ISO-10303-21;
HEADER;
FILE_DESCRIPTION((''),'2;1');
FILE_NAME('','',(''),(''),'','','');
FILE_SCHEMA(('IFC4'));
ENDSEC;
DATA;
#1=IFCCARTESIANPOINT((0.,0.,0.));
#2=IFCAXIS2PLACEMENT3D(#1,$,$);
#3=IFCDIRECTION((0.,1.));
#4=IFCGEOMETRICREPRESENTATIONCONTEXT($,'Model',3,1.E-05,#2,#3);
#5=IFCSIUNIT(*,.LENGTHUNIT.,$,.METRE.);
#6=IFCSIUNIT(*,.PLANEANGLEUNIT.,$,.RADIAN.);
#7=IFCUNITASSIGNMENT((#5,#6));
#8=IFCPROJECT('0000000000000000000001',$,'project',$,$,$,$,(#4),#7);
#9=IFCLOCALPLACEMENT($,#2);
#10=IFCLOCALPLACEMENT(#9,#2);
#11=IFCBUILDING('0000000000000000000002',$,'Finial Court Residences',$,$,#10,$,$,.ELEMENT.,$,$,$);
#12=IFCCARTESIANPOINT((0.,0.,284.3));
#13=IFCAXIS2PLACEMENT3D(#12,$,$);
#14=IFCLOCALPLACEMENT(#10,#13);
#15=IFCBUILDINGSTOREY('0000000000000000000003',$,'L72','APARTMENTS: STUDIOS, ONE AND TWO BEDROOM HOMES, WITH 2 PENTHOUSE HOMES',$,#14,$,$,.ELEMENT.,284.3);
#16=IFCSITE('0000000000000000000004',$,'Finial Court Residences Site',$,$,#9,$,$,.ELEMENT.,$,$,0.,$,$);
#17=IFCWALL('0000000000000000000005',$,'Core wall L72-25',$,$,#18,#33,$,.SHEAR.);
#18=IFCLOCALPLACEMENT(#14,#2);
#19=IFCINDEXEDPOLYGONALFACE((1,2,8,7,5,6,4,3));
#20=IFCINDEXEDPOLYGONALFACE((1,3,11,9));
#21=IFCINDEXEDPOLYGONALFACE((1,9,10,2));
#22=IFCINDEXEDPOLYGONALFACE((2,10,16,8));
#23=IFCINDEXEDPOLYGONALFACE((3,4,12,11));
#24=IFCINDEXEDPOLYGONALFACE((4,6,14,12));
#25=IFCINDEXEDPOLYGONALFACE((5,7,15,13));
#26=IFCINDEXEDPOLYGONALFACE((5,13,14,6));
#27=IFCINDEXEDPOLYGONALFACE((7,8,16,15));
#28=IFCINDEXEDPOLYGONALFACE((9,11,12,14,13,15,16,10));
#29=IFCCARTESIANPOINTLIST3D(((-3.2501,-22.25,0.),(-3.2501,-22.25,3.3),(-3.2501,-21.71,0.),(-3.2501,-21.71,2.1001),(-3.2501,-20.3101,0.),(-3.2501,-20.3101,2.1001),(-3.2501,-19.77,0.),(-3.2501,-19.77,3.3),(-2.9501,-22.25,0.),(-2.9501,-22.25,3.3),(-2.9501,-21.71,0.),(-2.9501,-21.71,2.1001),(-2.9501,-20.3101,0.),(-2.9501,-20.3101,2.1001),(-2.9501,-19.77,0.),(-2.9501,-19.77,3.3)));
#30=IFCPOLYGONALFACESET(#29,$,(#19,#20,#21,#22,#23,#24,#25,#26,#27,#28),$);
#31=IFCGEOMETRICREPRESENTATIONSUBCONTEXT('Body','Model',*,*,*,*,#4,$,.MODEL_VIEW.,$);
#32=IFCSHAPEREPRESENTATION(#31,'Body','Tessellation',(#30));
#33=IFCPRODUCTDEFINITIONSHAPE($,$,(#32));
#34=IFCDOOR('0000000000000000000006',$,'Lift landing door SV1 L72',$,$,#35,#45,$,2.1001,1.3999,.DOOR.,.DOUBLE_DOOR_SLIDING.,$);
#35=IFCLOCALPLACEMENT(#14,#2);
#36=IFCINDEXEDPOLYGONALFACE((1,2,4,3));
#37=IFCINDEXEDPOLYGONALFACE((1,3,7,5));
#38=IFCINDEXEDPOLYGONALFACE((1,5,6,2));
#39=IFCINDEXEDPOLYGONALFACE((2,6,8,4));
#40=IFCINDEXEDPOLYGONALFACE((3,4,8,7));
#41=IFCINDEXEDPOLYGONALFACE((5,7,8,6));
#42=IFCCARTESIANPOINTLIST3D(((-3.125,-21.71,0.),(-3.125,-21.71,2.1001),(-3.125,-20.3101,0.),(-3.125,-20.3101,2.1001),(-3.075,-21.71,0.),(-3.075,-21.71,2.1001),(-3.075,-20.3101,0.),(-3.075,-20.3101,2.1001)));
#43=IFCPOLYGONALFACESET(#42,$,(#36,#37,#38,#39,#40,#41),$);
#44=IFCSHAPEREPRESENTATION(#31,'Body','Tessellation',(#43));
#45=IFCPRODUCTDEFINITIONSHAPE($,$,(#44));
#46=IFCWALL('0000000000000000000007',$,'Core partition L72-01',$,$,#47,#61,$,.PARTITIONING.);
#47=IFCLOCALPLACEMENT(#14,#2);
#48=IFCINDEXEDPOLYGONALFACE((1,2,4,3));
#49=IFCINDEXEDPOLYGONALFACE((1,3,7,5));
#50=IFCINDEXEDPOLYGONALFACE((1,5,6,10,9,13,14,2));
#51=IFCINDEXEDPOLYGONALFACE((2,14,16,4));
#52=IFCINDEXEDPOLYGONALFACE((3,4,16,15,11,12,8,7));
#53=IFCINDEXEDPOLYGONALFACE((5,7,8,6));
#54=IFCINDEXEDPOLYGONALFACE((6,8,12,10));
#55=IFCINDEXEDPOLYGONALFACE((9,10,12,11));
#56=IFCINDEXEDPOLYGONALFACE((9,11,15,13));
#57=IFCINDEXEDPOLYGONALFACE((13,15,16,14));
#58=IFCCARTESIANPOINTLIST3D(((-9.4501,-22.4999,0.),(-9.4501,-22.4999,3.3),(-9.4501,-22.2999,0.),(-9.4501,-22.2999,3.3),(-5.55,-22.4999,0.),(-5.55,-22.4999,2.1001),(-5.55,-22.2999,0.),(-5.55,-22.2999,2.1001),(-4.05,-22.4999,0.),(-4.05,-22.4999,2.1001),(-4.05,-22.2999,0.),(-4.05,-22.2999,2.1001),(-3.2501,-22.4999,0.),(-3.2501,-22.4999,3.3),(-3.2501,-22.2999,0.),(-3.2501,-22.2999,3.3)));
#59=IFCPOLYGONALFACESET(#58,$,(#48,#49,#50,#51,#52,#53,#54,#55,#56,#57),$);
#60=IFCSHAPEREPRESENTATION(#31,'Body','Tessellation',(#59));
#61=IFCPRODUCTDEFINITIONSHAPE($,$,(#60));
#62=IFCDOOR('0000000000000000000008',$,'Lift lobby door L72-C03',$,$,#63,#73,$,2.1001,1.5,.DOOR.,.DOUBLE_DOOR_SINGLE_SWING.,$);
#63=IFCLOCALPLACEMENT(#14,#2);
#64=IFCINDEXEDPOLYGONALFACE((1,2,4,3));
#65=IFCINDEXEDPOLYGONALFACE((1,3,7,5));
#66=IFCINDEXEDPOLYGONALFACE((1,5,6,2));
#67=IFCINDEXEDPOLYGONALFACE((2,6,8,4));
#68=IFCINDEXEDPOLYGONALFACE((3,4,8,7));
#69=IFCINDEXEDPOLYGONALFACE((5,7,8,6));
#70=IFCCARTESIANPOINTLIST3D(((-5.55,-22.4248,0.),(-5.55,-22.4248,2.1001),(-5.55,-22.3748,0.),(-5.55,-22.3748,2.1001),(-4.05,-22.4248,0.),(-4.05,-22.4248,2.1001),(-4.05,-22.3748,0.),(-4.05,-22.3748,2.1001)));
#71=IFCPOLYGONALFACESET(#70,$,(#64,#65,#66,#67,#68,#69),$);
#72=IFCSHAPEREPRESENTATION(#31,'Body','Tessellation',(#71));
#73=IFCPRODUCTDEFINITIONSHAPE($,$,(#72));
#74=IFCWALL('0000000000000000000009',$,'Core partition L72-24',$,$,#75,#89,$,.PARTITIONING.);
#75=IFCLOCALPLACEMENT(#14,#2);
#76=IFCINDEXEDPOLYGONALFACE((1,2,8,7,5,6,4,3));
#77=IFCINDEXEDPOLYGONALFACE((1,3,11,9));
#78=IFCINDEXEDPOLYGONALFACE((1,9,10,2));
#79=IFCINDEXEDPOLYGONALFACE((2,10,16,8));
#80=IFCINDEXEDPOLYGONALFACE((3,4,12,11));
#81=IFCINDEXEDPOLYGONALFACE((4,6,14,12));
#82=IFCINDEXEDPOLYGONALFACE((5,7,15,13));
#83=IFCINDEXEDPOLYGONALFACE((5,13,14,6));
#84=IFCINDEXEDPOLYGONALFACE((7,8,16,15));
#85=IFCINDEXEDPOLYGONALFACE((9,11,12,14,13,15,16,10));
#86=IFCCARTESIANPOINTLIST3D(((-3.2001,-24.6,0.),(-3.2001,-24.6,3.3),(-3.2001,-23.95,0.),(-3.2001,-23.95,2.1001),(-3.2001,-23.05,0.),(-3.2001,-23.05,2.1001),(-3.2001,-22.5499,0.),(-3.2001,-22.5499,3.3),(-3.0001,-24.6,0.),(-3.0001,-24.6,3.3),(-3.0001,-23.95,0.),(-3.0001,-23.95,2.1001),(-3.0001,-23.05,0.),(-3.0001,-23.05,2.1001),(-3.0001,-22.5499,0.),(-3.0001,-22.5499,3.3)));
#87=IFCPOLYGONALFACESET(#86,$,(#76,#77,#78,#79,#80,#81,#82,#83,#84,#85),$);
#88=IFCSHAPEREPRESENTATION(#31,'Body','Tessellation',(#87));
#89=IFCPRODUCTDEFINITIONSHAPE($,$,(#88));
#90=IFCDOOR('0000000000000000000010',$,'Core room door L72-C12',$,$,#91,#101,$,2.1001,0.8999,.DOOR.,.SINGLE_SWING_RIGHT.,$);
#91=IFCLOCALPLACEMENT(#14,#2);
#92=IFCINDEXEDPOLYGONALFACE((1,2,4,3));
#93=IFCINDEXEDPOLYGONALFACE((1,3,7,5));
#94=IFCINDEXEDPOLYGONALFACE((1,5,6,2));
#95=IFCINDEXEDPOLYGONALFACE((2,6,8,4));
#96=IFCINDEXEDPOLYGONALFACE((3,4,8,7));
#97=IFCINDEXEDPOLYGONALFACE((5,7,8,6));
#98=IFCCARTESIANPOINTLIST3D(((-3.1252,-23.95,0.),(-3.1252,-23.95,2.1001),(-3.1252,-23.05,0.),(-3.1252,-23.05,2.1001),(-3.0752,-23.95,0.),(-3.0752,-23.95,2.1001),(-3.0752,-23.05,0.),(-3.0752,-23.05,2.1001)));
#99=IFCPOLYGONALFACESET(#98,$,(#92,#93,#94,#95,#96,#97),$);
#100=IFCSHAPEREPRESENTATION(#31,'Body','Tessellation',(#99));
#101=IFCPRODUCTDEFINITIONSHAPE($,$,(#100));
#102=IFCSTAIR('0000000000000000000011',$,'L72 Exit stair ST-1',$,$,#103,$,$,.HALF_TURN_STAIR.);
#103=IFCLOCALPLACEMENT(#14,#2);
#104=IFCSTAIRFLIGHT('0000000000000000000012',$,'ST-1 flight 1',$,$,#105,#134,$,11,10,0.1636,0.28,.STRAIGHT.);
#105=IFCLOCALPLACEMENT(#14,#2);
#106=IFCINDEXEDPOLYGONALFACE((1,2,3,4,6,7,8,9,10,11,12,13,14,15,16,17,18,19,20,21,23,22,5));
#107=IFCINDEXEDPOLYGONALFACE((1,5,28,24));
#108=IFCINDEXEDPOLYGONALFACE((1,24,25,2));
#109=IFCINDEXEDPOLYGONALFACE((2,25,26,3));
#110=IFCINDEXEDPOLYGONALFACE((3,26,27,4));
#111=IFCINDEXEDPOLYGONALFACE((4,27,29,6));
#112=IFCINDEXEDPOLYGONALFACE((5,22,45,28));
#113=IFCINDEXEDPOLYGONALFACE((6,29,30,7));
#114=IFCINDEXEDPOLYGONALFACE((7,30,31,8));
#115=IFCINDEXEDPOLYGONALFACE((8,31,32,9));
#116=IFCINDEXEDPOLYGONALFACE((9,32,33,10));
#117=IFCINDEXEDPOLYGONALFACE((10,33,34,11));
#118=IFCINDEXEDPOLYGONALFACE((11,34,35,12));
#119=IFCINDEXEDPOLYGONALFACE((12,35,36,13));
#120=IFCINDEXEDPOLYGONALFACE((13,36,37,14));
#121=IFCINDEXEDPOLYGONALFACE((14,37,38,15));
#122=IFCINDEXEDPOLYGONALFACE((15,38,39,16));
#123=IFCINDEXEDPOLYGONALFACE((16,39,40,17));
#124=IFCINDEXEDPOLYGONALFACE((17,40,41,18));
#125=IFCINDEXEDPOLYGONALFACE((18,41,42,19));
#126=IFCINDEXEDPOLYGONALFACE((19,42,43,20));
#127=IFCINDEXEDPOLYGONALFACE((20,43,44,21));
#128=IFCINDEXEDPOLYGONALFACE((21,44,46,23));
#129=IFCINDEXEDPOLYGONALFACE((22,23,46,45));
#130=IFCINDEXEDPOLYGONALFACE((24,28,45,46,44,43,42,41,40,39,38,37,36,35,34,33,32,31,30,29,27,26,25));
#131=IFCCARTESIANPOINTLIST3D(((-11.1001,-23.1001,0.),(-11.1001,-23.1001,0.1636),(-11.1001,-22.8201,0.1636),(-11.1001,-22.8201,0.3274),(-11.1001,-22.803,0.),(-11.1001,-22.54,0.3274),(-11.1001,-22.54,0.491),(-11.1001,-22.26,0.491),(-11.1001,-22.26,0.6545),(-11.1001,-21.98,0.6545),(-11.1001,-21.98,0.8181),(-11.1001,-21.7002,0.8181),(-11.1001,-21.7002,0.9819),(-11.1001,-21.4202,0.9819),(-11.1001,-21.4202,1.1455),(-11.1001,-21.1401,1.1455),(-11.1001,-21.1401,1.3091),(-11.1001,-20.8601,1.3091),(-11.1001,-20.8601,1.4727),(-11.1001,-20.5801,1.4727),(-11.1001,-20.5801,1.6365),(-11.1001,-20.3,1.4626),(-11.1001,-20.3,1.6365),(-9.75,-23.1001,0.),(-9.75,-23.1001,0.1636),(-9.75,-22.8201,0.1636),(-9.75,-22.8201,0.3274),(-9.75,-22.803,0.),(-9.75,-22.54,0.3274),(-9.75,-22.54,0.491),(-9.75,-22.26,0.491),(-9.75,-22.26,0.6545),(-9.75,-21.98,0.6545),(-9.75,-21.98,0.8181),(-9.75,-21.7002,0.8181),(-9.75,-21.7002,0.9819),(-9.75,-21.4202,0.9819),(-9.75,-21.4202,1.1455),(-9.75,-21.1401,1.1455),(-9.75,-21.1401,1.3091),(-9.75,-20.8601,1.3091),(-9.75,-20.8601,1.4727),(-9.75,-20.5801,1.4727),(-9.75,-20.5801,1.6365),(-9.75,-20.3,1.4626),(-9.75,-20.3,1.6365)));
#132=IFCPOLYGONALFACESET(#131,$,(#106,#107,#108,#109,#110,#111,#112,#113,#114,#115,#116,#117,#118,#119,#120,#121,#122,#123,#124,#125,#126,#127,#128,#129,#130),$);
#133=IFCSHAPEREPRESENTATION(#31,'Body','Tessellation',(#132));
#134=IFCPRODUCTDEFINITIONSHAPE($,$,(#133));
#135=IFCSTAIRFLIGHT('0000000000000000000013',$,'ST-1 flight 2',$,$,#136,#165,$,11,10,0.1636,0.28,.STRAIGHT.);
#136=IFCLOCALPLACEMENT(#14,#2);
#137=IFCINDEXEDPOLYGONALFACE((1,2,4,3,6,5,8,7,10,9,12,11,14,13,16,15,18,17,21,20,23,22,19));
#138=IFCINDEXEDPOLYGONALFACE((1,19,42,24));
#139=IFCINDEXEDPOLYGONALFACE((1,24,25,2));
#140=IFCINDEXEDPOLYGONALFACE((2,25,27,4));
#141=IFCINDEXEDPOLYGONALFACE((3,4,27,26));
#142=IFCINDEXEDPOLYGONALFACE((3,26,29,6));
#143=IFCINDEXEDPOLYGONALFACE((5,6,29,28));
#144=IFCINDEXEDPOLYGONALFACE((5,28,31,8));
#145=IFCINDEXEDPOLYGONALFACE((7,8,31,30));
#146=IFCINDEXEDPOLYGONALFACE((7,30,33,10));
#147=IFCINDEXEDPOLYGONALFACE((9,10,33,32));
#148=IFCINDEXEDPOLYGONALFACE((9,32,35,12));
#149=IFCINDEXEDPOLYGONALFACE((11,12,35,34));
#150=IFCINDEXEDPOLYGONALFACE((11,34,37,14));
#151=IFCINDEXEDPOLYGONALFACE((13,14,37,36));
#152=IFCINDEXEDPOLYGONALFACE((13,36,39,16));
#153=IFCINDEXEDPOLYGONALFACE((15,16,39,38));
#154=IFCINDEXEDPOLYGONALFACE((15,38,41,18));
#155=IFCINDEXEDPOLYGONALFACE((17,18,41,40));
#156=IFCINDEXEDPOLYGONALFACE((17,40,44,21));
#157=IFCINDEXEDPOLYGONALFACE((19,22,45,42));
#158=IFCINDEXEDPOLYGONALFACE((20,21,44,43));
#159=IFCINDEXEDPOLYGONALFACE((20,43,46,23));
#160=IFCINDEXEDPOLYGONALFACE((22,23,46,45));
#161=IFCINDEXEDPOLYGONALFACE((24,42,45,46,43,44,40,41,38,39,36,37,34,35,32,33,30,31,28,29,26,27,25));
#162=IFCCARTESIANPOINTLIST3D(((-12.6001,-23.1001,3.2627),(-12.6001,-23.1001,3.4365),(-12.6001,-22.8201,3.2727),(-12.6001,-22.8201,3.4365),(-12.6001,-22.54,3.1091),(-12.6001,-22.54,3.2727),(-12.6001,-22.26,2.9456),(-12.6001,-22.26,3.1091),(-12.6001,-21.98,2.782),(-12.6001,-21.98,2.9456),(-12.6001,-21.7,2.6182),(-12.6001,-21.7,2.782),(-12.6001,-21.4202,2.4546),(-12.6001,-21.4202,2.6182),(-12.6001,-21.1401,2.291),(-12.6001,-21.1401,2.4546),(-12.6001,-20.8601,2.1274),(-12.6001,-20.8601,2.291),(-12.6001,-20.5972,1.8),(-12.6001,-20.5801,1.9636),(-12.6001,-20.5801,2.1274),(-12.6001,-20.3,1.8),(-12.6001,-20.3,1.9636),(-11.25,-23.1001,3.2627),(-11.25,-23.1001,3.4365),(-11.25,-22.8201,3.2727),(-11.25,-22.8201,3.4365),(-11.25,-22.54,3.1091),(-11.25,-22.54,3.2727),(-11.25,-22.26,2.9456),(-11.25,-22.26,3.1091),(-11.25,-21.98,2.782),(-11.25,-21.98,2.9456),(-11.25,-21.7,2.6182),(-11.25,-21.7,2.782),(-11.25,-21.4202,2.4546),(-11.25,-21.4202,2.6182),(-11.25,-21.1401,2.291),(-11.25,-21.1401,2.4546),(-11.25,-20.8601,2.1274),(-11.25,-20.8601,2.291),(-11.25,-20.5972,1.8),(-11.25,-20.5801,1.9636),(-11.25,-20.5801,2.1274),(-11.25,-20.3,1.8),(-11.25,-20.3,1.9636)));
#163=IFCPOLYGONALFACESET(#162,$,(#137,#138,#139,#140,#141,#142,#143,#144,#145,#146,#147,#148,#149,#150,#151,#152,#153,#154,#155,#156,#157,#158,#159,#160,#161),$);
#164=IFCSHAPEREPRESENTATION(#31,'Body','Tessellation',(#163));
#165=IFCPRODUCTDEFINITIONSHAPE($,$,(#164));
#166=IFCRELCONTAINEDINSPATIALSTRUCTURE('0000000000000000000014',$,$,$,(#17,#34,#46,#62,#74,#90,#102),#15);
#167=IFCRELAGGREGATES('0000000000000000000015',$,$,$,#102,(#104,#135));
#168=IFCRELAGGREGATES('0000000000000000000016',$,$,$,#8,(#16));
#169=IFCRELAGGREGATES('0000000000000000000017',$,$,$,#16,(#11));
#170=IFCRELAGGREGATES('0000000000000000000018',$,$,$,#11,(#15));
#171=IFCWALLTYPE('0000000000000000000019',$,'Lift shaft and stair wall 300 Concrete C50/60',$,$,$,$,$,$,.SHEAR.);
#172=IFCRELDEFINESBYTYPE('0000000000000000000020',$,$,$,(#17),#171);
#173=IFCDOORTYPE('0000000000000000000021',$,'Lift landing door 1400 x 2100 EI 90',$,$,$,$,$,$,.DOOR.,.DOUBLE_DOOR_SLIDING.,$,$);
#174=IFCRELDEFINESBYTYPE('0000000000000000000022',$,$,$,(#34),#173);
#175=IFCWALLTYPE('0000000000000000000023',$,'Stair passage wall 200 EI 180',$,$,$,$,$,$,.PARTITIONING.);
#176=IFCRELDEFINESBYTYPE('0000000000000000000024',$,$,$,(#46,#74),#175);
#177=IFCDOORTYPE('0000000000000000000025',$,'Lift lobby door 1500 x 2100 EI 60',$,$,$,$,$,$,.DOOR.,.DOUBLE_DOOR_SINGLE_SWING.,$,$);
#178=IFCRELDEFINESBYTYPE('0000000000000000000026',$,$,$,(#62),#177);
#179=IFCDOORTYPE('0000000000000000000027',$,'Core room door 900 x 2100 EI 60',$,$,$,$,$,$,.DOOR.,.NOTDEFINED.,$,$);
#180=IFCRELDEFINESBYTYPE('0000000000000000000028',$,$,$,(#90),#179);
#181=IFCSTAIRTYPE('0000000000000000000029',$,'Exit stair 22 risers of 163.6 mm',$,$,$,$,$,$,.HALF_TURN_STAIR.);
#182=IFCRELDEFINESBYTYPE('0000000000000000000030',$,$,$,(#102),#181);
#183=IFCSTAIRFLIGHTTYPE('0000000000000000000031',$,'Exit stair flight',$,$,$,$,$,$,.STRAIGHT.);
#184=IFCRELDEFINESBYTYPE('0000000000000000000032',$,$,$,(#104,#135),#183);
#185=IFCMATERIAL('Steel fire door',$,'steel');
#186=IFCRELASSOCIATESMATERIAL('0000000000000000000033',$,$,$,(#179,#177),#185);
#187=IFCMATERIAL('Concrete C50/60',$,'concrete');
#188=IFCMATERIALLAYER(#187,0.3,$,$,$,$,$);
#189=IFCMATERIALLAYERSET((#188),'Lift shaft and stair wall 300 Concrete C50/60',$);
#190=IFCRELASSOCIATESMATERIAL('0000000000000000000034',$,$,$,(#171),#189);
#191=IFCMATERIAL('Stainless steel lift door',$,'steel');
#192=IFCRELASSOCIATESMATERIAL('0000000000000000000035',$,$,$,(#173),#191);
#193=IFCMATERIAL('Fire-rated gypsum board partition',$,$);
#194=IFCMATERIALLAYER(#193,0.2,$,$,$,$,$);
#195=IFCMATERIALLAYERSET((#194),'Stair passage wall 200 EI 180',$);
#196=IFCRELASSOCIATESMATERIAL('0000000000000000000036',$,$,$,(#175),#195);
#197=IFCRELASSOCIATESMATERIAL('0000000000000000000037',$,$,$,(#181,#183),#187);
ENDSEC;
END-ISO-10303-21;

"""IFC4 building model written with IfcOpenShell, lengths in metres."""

from ifc_helpers import new_model, si_unit, direction, frame, frame_2d, origin, place, context, subcontext, project, spatial, polyline, rectangle, outline, extrude, material, layer, layer_set, type_object, element, fill, aggregate, save


model = new_model("IFC4")

# Units and contexts
model_context = context("Model", 3, precision=1e-05, world=origin(), true_north=direction((0.0, 1.0)))
body_context = subcontext(model_context, "Body", "Model", "MODEL_VIEW")
ifc_project = project(units=[si_unit("LENGTHUNIT", "METRE"), si_unit("PLANEANGLEUNIT", "RADIAN")], contexts=[model_context])

# Site, building, storey
site_placement = place(None, origin())
site = spatial("IfcSite", under=ifc_project, at=site_placement, Name="Finial Court Residences Site", CompositionType="ELEMENT", RefElevation=0.0)
building_placement = place(site_placement, origin())
building = spatial("IfcBuilding", under=site, at=building_placement, Name="Finial Court Residences", CompositionType="ELEMENT")
storey_placement = place(building_placement, frame((0.0, 0.0, 284.3)))
storey = spatial("IfcBuildingStorey", under=building, at=storey_placement, Name="L72", Description="APARTMENTS: STUDIOS, ONE AND TWO BEDROOM HOMES, WITH 2 PENTHOUSE HOMES", CompositionType="ELEMENT", Elevation=284.3)

# Shared definitions
ifc_material_1 = material(Name="Concrete C50/60", Category="concrete")

# Shared definitions
ifc_material_2 = material(Name="Fire-rated gypsum board partition")
ifc_material_3 = material(Name="Steel fire door", Category="steel")
door_type_1 = type_object("IfcDoorType", Name="Core room door 900 x 2100 EI 60", OperationType="NOTDEFINED", PredefinedType="DOOR", material=ifc_material_3)

# Shared definitions
ifc_layer_1 = layer(ifc_material_1, 0.3)
ifc_layer_set_1 = layer_set([ifc_layer_1], Name="Lift shaft and stair wall 300 Concrete C50/60")
wall_type_1 = type_object("IfcWallType", Name="Lift shaft and stair wall 300 Concrete C50/60", PredefinedType="SHEAR", material=ifc_layer_set_1)

# Walls, openings, doors
wall_1_placement = place(storey_placement, frame((-3.1001, -22.25, 0.0), z_axis=(0.0, 0.0, 1.0), x_axis=(0.0, 1.0, 0.0)))
wall_1 = element("IfcWall", 1, at=wall_1_placement, inside=storey, type_object=wall_type_1, Name="Core wall L72-25", PredefinedType="SHEAR", context=body_context, shape_type="SweptSolid", body=[
    extrude(rectangle(XDim=2.48, YDim=0.3, at=frame_2d((1.24, 0.0))), origin(), (0.0, 0.0, 1.0), 3.3),
])
opening_1_placement = place(wall_1_placement, frame((0.54, 0.0, 0.0)))
opening_1 = element("IfcOpeningElement", 2, at=opening_1_placement, cuts=wall_1, PredefinedType="OPENING", context=body_context, shape_type="SweptSolid", body=[
    extrude(rectangle(XDim=1.3999, YDim=2.1001, at=frame_2d((0.7, 1.05))), frame((0.0, 0.1599, 0.0), z_axis=(0.0, -1.0, 0.0), x_axis=(1.0, 0.0, 0.0)), (0.0, 0.0, 1.0), 0.3201),
])
ifc_material_4 = material(Name="Stainless steel lift door", Category="steel")
door_type_2 = type_object("IfcDoorType", Name="Lift landing door 1400 x 2100 EI 90", OperationType="DOUBLE_DOOR_SLIDING", PredefinedType="DOOR", material=ifc_material_4)
door_1_placement = place(opening_1_placement, origin())
door_1 = element("IfcDoor", 3, at=door_1_placement, inside=storey, type_object=door_type_2, Name="Lift landing door SV1 L72", OperationType="DOUBLE_DOOR_SLIDING", OverallHeight=2.1001, OverallWidth=1.3999, PredefinedType="DOOR", context=body_context, shape_type="SweptSolid", body=[
    extrude(rectangle(XDim=1.3999, YDim=2.1001, at=frame_2d((0.7, 1.05))), frame((0.0, 0.0249, 0.0), z_axis=(0.0, -1.0, 0.0), x_axis=(1.0, 0.0, 0.0)), (0.0, 0.0, 1.0), 0.05),
])
fill(opening_1, door_1)
ifc_layer_2 = layer(ifc_material_2, 0.2)
ifc_layer_set_2 = layer_set([ifc_layer_2], Name="Stair passage wall 200 EI 180")
wall_type_2 = type_object("IfcWallType", Name="Stair passage wall 200 EI 180", PredefinedType="PARTITIONING", material=ifc_layer_set_2)
wall_2_placement = place(storey_placement, frame((-3.25, -22.3999, 0.0), z_axis=(0.0, 0.0, 1.0), x_axis=(-1.0, 0.0, 0.0)))
wall_2 = element("IfcWall", 4, at=wall_2_placement, inside=storey, type_object=wall_type_2, Name="Core partition L72-01", PredefinedType="PARTITIONING", context=body_context, shape_type="SweptSolid", body=[
    extrude(rectangle(XDim=6.2, YDim=0.2, at=frame_2d((3.1001, 0.0))), origin(), (0.0, 0.0, 1.0), 3.3),
])
opening_2_placement = place(wall_2_placement, frame((0.8, 0.0, 0.0)))
opening_2 = element("IfcOpeningElement", 5, at=opening_2_placement, cuts=wall_2, PredefinedType="OPENING", context=body_context, shape_type="SweptSolid", body=[
    extrude(rectangle(XDim=1.5, YDim=2.1001, at=frame_2d((0.75, 1.05))), frame((0.0, 0.1099, 0.0), z_axis=(0.0, -1.0, 0.0), x_axis=(1.0, 0.0, 0.0)), (0.0, 0.0, 1.0), 0.22),
])
door_type_3 = type_object("IfcDoorType", Name="Lift lobby door 1500 x 2100 EI 60", OperationType="DOUBLE_DOOR_SINGLE_SWING", PredefinedType="DOOR", material=ifc_material_3)
door_2_placement = place(opening_2_placement, origin())
door_2 = element("IfcDoor", 6, at=door_2_placement, inside=storey, type_object=door_type_3, Name="Lift lobby door L72-C03", OperationType="DOUBLE_DOOR_SINGLE_SWING", OverallHeight=2.1001, OverallWidth=1.5, PredefinedType="DOOR", context=body_context, shape_type="SweptSolid", body=[
    extrude(rectangle(XDim=1.5, YDim=2.1001, at=frame_2d((0.75, 1.05))), frame((0.0, 0.0249, 0.0), z_axis=(0.0, -1.0, 0.0), x_axis=(1.0, 0.0, 0.0)), (0.0, 0.0, 1.0), 0.05),
])
fill(opening_2, door_2)
wall_3_placement = place(storey_placement, frame((-3.1001, -22.55, 0.0), z_axis=(0.0, 0.0, 1.0), x_axis=(0.0, -1.0, 0.0)))
wall_3 = element("IfcWall", 7, at=wall_3_placement, inside=storey, type_object=wall_type_2, Name="Core partition L72-24", PredefinedType="PARTITIONING", context=body_context, shape_type="SweptSolid", body=[
    extrude(rectangle(XDim=2.05, YDim=0.2, at=frame_2d((1.0249, 0.0))), origin(), (0.0, 0.0, 1.0), 3.3),
])
opening_3_placement = place(wall_3_placement, frame((0.5, 0.0, 0.0)))
opening_3 = element("IfcOpeningElement", 8, at=opening_3_placement, cuts=wall_3, PredefinedType="OPENING", context=body_context, shape_type="SweptSolid", body=[
    extrude(rectangle(XDim=0.8999, YDim=2.1001, at=frame_2d((0.45, 1.05))), frame((0.0, 0.1099, 0.0), z_axis=(0.0, -1.0, 0.0), x_axis=(1.0, 0.0, 0.0)), (0.0, 0.0, 1.0), 0.22),
])
door_3_placement = place(opening_3_placement, origin())
door_3 = element("IfcDoor", 9, at=door_3_placement, inside=storey, type_object=door_type_1, Name="Core room door L72-C12", OperationType="SINGLE_SWING_RIGHT", OverallHeight=2.1001, OverallWidth=0.8999, PredefinedType="DOOR", context=body_context, shape_type="SweptSolid", body=[
    extrude(rectangle(XDim=0.8999, YDim=2.1001, at=frame_2d((0.45, 1.05))), frame((0.0, 0.0249, 0.0), z_axis=(0.0, -1.0, 0.0), x_axis=(1.0, 0.0, 0.0)), (0.0, 0.0, 1.0), 0.05),
])
fill(opening_3, door_3)

# Stair, stair flights
stair_type = type_object("IfcStairType", Name="Exit stair 22 risers of 163.6 mm", PredefinedType="HALF_TURN_STAIR", material=ifc_material_1)
stair_placement = place(storey_placement, origin())
stair = element("IfcStair", 10, at=stair_placement, inside=storey, type_object=stair_type, Name="L72 Exit stair ST-1", PredefinedType="HALF_TURN_STAIR")
stair_flight_type = type_object("IfcStairFlightType", Name="Exit stair flight", PredefinedType="STRAIGHT", material=ifc_material_1)
stair_flight_1_placement = place(storey_placement, frame((-10.425, -23.1001, 0.0), z_axis=(0.0, 0.0, 1.0), x_axis=(0.0, 1.0, 0.0)))
stair_flight_1 = element("IfcStairFlight", 11, at=stair_flight_1_placement, type_object=stair_flight_type, Name="ST-1 flight 1", NumberOfRisers=11, NumberOfTreads=10, PredefinedType="STRAIGHT", RiserHeight=0.1636, TreadLength=0.28, context=body_context, shape_type="SweptSolid", body=[
    extrude(outline(polyline([(0.0, 0.0), (0.0, 0.1636), (0.28, 0.1636), (0.28, 0.3274), (0.5601, 0.3274), (0.5601, 0.491), (0.8401, 0.491), (0.8401, 0.6545), (1.1201, 0.6545), (1.1201, 0.8181), (1.3999, 0.8181), (1.3999, 0.9819), (1.6799, 0.9819), (1.6799, 1.1455), (1.96, 1.1455), (1.96, 1.3091), (2.24, 1.3091), (2.24, 1.4727), (2.52, 1.4727), (2.52, 1.6365), (2.8, 1.6365), (2.8, 1.8), (2.8, 1.4626), (0.2971, 0.0), (0.0, 0.0)])), frame((0.0, 0.675, 0.0), z_axis=(0.0, -1.0, 0.0), x_axis=(1.0, 0.0, 0.0)), (0.0, 0.0, 1.0), 1.3501),
])
stair_flight_2_placement = place(storey_placement, frame((-11.925, -20.3, 1.8), z_axis=(0.0, 0.0, 1.0), x_axis=(0.0, -1.0, 0.0)))
stair_flight_2 = element("IfcStairFlight", 12, at=stair_flight_2_placement, type_object=stair_flight_type, Name="ST-1 flight 2", NumberOfRisers=11, NumberOfTreads=10, PredefinedType="STRAIGHT", RiserHeight=0.1636, TreadLength=0.28, context=body_context, shape_type="SweptSolid", body=[
    extrude(outline(polyline([(0.0, 0.0), (0.0, 0.1636), (0.28, 0.1636), (0.28, 0.3274), (0.5601, 0.3274), (0.5601, 0.491), (0.8401, 0.491), (0.8401, 0.6545), (1.1201, 0.6545), (1.1201, 0.8181), (1.3999, 0.8181), (1.3999, 0.9819), (1.6799, 0.9819), (1.6799, 1.1455), (1.96, 1.1455), (1.96, 1.3091), (2.24, 1.3091), (2.24, 1.4727), (2.52, 1.4727), (2.52, 1.6365), (2.8, 1.6365), (2.8, 1.8), (2.8, 1.4626), (0.2971, 0.0), (0.0, 0.0)])), frame((0.0, 0.675, 0.0), z_axis=(0.0, -1.0, 0.0), x_axis=(1.0, 0.0, 0.0)), (0.0, 0.0, 1.0), 1.3501),
])
aggregate(stair, [stair_flight_1, stair_flight_2])

save(model, "model.ifc")
